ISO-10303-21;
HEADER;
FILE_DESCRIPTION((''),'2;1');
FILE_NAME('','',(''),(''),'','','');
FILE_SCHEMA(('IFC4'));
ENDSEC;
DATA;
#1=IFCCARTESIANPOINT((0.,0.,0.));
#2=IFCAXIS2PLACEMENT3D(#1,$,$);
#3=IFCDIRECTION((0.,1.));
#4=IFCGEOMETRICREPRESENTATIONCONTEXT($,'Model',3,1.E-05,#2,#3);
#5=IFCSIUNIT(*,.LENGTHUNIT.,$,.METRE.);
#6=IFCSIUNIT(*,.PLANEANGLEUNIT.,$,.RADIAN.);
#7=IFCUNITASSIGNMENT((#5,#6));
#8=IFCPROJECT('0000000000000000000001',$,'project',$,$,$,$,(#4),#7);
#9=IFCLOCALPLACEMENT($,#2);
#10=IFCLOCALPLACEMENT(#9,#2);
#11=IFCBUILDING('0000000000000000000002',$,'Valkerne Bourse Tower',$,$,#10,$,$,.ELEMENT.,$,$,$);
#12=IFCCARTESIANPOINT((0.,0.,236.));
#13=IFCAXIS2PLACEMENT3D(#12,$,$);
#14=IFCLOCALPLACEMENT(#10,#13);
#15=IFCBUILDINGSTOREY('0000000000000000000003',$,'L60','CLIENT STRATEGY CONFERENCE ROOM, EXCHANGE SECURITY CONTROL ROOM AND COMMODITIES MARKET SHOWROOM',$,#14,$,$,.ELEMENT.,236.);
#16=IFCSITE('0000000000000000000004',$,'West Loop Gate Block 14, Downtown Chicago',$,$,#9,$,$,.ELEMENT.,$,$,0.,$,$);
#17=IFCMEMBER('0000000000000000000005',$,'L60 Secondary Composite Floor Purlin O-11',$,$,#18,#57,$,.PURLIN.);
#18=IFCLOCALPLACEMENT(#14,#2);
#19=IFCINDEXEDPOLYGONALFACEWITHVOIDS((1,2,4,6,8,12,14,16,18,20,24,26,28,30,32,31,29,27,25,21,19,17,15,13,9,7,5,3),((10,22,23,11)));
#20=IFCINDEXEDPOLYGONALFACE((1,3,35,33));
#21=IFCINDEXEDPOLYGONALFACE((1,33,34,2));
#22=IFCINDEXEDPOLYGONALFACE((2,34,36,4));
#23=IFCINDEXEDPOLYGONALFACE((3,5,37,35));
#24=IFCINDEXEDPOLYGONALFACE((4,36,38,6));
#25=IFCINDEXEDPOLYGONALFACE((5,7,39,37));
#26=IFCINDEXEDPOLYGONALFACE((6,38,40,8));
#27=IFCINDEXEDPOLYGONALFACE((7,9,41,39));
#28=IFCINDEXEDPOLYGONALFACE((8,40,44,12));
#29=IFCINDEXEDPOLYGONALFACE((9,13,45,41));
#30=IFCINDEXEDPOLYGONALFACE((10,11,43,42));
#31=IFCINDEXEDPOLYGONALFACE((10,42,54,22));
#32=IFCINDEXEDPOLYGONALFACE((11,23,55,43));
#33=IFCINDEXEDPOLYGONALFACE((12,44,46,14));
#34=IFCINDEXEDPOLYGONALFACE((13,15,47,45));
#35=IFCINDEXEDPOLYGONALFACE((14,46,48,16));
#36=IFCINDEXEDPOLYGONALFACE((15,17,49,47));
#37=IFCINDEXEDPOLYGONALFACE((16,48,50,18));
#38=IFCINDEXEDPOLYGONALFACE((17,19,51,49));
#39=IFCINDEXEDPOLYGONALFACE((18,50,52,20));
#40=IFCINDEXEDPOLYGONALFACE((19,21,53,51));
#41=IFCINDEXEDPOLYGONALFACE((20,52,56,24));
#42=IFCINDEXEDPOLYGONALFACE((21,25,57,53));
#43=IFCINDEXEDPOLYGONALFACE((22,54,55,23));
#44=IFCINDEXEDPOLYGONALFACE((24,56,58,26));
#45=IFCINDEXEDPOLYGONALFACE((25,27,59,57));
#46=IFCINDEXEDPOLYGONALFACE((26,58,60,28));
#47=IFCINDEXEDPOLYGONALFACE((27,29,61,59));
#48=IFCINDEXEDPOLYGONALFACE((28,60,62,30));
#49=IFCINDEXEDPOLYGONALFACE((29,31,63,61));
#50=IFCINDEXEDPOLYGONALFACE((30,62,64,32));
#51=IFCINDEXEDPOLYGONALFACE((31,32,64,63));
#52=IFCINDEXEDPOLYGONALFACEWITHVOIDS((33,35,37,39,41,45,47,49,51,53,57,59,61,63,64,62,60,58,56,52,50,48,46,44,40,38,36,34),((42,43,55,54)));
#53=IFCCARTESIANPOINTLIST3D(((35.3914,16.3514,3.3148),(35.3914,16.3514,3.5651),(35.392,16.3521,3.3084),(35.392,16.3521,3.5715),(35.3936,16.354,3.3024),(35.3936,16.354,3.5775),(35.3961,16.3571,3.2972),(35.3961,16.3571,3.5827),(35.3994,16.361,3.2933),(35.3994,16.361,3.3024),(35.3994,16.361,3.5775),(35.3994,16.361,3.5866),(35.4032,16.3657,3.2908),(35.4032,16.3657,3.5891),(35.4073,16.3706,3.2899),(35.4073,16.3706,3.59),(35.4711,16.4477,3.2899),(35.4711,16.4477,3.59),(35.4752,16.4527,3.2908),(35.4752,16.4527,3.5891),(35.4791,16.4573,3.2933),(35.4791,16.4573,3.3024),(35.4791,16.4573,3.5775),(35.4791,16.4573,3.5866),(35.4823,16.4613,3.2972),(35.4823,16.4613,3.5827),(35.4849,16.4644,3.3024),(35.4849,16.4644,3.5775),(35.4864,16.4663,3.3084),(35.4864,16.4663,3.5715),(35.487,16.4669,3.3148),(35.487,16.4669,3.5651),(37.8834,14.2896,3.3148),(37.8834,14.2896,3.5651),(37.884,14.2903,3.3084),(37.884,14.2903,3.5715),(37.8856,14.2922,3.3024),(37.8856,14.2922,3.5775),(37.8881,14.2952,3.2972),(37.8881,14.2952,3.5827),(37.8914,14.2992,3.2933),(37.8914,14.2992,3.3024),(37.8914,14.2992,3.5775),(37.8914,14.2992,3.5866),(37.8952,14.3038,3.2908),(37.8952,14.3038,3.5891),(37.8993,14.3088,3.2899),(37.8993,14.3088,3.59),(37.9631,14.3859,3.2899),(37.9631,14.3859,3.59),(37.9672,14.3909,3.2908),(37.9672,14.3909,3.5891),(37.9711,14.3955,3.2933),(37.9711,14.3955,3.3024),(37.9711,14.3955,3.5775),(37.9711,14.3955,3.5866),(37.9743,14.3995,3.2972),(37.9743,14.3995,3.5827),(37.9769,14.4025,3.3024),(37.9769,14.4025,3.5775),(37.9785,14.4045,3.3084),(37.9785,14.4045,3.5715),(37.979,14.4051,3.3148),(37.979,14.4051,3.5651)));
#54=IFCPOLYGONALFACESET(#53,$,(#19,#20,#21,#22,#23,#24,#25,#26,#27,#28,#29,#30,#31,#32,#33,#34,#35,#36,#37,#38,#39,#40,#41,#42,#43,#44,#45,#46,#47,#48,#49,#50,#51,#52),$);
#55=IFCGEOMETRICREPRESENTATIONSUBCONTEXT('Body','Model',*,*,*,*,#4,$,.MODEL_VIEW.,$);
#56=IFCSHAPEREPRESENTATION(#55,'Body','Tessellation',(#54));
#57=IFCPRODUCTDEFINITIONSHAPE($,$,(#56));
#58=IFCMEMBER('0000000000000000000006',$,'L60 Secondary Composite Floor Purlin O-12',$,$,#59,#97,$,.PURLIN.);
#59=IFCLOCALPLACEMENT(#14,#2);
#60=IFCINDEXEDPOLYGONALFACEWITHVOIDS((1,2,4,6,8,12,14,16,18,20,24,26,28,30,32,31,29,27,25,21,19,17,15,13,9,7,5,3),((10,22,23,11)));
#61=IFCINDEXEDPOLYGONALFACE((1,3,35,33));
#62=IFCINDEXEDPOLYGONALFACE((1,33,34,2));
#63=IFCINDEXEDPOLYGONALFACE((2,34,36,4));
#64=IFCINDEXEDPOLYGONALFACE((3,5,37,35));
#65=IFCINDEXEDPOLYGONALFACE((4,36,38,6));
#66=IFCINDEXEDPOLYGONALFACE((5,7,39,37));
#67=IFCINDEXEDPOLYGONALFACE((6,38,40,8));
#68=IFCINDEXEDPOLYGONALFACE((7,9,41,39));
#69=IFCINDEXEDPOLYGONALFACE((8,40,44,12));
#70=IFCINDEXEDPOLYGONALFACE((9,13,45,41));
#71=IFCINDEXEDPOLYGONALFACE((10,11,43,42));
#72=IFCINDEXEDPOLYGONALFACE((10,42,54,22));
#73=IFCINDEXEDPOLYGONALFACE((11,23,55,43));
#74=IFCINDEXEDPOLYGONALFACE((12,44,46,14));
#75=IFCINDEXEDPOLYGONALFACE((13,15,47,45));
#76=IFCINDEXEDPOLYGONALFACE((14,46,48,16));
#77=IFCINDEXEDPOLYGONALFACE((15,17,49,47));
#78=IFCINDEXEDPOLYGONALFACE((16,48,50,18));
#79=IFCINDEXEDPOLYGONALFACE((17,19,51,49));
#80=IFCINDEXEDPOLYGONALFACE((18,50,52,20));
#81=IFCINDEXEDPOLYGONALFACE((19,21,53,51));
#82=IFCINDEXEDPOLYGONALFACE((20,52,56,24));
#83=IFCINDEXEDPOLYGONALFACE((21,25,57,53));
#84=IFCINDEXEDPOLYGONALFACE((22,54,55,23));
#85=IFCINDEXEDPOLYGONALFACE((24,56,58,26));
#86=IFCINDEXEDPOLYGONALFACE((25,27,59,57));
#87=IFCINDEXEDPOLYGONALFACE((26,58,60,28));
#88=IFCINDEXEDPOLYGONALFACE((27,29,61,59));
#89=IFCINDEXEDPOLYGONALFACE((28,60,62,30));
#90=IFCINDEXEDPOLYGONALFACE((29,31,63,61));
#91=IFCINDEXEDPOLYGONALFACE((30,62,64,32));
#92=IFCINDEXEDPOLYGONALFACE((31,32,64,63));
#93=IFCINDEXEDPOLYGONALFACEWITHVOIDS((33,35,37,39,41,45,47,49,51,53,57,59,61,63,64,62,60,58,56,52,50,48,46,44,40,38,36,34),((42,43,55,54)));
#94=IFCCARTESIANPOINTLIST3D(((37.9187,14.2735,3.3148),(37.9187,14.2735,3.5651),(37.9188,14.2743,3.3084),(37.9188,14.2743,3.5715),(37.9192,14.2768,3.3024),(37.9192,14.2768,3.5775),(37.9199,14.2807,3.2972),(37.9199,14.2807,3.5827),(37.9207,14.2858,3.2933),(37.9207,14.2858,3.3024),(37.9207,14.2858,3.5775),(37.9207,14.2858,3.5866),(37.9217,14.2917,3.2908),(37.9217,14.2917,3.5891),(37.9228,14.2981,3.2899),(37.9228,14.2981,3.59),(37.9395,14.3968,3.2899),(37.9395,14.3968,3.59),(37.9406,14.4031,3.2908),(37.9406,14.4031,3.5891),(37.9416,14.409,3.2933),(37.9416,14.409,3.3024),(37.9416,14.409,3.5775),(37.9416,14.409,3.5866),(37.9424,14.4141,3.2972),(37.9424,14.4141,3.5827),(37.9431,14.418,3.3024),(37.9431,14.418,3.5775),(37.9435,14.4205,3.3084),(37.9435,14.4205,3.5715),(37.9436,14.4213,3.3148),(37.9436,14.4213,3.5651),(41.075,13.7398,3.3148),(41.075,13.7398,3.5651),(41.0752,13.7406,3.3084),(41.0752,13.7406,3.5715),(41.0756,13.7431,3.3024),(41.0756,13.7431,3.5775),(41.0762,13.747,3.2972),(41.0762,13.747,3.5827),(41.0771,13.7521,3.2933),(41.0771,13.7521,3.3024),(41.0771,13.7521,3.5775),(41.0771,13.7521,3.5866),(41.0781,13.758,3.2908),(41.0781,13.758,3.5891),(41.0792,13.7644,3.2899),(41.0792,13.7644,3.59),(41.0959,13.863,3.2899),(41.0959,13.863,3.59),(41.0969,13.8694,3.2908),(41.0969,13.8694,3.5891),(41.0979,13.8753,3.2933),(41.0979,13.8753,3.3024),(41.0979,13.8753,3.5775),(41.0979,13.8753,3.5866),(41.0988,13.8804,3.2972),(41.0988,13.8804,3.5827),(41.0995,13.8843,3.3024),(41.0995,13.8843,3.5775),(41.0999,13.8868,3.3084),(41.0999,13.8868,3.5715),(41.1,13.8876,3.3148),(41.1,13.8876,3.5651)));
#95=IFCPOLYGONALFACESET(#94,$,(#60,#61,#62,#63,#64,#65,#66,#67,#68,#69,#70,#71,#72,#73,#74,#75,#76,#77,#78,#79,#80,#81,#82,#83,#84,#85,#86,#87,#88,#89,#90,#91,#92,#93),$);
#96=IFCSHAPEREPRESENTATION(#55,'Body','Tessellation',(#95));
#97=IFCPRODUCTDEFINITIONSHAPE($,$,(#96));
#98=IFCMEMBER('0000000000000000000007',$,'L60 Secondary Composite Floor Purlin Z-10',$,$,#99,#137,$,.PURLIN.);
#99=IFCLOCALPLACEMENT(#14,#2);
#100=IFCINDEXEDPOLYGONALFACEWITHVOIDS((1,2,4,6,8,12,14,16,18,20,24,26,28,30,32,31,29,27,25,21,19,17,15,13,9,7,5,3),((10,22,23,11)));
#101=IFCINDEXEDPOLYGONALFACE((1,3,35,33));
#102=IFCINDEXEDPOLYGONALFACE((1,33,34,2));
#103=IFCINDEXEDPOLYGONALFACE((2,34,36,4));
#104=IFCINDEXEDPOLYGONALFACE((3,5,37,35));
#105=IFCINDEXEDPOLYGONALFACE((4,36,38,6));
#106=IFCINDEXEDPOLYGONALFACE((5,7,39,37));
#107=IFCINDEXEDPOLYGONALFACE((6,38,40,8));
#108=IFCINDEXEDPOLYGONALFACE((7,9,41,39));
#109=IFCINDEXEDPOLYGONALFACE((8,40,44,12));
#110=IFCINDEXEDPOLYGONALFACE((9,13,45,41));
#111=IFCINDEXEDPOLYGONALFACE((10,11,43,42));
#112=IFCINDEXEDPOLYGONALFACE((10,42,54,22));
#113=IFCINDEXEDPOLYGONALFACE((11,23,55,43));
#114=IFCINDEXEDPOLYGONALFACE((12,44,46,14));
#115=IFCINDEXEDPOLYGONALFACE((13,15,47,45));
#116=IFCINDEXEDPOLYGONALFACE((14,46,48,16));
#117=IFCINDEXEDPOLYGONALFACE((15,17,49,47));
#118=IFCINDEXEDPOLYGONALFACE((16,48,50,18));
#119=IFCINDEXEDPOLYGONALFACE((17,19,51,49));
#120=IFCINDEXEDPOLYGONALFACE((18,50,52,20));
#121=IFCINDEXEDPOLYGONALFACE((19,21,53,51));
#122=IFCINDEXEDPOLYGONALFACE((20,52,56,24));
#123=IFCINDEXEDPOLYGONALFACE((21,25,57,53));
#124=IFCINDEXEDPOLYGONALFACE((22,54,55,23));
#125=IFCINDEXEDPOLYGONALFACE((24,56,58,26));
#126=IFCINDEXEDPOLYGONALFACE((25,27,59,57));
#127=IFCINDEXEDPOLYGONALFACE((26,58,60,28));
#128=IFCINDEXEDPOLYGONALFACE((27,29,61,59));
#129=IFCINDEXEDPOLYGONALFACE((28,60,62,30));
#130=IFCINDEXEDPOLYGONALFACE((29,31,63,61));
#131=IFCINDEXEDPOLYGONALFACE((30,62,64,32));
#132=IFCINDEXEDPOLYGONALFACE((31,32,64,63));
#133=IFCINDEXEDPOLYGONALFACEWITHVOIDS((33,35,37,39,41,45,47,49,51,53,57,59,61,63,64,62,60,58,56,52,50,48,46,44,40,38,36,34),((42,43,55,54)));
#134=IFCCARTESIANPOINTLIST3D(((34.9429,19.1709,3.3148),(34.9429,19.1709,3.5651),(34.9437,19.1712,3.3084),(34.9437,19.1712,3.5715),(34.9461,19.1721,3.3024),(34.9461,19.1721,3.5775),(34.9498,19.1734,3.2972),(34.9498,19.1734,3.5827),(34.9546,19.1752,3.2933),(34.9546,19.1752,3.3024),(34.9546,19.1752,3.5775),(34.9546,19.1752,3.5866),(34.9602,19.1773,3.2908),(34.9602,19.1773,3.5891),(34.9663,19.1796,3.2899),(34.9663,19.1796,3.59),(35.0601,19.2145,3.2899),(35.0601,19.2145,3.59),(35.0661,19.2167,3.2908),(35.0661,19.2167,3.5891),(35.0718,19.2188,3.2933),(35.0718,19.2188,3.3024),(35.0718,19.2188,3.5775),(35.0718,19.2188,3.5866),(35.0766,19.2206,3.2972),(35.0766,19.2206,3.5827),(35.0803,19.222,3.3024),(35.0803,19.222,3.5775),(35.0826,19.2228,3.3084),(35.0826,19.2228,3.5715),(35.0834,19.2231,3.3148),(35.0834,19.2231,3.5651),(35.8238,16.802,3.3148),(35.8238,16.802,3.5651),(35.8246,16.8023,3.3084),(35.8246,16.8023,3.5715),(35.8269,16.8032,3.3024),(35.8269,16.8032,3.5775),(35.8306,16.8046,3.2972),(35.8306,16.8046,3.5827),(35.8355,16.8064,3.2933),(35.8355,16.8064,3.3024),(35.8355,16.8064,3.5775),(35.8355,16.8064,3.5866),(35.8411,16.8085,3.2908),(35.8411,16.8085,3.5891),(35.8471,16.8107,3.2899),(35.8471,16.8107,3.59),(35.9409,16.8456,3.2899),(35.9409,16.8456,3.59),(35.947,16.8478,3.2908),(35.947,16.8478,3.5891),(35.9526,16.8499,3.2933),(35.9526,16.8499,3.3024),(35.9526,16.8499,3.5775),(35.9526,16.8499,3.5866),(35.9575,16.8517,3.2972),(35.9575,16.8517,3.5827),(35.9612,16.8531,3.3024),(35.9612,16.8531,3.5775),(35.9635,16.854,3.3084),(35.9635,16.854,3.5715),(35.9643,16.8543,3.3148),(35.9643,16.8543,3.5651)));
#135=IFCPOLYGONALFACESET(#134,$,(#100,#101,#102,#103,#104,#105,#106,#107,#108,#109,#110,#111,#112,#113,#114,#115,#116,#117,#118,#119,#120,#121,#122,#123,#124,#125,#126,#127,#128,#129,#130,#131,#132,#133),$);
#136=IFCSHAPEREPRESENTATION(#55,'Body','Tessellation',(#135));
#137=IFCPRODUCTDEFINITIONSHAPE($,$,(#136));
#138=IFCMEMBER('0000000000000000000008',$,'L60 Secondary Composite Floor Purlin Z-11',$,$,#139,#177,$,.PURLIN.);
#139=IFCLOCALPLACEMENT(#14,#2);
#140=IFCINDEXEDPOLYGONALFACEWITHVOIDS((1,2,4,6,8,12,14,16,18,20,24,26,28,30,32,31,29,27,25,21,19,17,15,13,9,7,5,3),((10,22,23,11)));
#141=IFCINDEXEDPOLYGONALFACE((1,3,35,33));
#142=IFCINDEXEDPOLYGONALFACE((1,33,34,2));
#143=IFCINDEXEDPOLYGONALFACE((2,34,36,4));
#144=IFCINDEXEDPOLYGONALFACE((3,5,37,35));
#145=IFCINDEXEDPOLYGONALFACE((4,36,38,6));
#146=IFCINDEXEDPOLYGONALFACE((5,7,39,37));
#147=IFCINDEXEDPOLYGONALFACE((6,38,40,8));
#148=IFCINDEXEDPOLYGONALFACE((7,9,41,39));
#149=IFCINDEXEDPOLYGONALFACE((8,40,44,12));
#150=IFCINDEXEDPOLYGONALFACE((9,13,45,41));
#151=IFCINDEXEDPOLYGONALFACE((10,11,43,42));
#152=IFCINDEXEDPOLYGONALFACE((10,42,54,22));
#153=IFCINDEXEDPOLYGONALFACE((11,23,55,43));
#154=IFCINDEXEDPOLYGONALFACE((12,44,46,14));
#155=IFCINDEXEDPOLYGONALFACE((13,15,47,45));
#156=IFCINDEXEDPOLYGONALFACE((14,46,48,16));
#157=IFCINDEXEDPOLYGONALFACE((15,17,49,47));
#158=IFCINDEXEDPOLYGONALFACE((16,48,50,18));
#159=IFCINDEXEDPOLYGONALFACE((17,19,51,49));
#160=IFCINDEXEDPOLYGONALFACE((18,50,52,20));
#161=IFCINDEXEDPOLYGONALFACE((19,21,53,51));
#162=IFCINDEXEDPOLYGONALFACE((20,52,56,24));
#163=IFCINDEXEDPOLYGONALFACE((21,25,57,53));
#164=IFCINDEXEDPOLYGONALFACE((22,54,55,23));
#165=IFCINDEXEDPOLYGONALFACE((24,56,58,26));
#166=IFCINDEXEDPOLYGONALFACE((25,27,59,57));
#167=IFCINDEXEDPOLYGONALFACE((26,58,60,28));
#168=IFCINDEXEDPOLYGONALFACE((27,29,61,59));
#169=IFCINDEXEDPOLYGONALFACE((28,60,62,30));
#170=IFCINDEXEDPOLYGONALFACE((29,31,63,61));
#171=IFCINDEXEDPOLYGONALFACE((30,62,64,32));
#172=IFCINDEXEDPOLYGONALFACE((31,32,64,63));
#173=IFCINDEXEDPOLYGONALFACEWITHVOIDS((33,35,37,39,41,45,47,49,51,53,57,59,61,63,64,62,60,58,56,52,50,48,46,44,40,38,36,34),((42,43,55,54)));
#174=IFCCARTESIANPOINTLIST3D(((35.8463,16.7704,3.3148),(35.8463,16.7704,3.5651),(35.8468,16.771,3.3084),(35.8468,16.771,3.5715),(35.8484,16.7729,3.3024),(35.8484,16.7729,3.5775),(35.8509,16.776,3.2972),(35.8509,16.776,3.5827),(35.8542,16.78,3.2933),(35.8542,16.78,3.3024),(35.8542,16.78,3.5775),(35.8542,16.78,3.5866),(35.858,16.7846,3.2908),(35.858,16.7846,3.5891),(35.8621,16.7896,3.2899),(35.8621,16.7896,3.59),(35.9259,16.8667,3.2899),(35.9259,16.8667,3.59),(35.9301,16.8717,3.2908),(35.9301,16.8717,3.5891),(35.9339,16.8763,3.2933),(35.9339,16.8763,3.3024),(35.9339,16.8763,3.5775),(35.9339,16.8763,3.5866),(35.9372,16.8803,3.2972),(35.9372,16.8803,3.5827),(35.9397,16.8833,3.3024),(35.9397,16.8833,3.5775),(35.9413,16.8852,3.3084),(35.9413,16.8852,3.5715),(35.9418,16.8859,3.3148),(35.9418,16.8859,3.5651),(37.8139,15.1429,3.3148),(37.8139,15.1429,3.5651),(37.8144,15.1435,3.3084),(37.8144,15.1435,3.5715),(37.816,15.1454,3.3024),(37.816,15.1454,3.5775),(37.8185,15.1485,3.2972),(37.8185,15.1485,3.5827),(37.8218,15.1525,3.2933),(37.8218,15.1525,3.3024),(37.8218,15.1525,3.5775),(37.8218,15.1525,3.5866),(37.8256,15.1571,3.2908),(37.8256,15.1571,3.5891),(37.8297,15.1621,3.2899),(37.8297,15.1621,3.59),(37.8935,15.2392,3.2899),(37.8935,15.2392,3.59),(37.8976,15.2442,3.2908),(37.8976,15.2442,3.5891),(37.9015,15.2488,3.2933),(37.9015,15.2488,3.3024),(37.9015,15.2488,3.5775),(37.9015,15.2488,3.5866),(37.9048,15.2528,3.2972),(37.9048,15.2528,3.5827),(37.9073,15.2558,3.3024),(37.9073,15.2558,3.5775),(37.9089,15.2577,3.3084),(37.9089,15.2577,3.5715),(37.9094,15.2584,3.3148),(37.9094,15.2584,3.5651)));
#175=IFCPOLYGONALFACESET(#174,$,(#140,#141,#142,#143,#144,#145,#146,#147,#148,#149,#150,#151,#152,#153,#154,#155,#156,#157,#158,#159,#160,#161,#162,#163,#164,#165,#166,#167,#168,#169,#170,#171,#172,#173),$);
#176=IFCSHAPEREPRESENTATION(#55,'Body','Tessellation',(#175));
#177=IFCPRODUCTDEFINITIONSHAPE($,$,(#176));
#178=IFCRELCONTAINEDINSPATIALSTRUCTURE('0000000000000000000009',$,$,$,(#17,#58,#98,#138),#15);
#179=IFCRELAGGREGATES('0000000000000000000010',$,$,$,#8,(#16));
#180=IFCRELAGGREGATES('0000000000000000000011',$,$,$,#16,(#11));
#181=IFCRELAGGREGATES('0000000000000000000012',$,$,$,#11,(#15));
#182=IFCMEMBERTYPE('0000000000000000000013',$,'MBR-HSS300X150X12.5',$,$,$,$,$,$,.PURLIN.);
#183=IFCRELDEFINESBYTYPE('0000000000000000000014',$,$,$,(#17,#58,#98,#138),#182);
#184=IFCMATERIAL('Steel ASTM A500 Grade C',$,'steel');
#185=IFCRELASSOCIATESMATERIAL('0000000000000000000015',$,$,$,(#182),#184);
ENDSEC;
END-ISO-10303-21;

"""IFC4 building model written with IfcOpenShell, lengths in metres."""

from ifc_helpers import new_model, si_unit, direction, frame, origin, origin_2d, place, context, subcontext, project, spatial, hollow_rectangle, extrude, material, material_profile, profile_set, type_object, element, save


model = new_model("IFC4")

# Units and contexts
model_context = context("Model", 3, precision=1e-05, world=origin(), true_north=direction((0.0, 1.0)))
body_context = subcontext(model_context, "Body", "Model", "MODEL_VIEW")
ifc_project = project(units=[si_unit("LENGTHUNIT", "METRE"), si_unit("PLANEANGLEUNIT", "RADIAN")], contexts=[model_context])

# Site, building, storey
site_placement = place(None, origin())
site = spatial("IfcSite", under=ifc_project, at=site_placement, Name="West Loop Gate Block 14, Downtown Chicago", CompositionType="ELEMENT", RefElevation=0.0)
building_placement = place(site_placement, origin())
building = spatial("IfcBuilding", under=site, at=building_placement, Name="Valkerne Bourse Tower", CompositionType="ELEMENT")
storey_placement = place(building_placement, frame((0.0, 0.0, 236.0)))
storey = spatial("IfcBuildingStorey", under=building, at=storey_placement, Name="L60", Description="CLIENT STRATEGY CONFERENCE ROOM, EXCHANGE SECURITY CONTROL ROOM AND COMMODITIES MARKET SHOWROOM", CompositionType="ELEMENT", Elevation=236.0)

# Members
ifc_material_1 = material(Name="Steel ASTM A500 Grade C", Category="steel")
ifc_material_profile_1 = material_profile(ifc_material_1, hollow_rectangle(XDim=0.1499, YDim=0.3, WallThickness=0.0125, OuterFilletRadius=0.0249, at=origin_2d()), Name="HSS300X150X12.5")
ifc_profile_set_1 = profile_set([ifc_material_profile_1], Name="Steel ASTM A500 Grade C")
member_type_1 = type_object("IfcMemberType", Name="MBR-HSS300X150X12.5", PredefinedType="PURLIN", material=ifc_profile_set_1)
member_1_placement = place(storey_placement, frame((35.4392, 16.4092, 3.4399), z_axis=(0.770475, -0.63747, 0.0), x_axis=(0.63747, 0.770475, 0.0)))
element("IfcMember", 1, at=member_1_placement, inside=storey, type_object=member_type_1, Name="L60 Secondary Composite Floor Purlin O-11", PredefinedType="PURLIN", context=body_context, shape_type="SweptSolid", body=[
    extrude(hollow_rectangle(XDim=0.1499, YDim=0.3, WallThickness=0.0125, OuterFilletRadius=0.0249, at=origin_2d()), origin(), (0.0, 0.0, 1.0), 3.2344),
])
member_2_placement = place(storey_placement, frame((37.9312, 14.3474, 3.4399), z_axis=(0.986004, -0.166724, 0.0), x_axis=(0.166724, 0.986004, 0.0)))
element("IfcMember", 2, at=member_2_placement, inside=storey, type_object=member_type_1, Name="L60 Secondary Composite Floor Purlin O-12", PredefinedType="PURLIN", context=body_context, shape_type="SweptSolid", body=[
    extrude(hollow_rectangle(XDim=0.1499, YDim=0.3, WallThickness=0.0125, OuterFilletRadius=0.0249, at=origin_2d()), origin(), (0.0, 0.0, 1.0), 3.2012),
])
member_3_placement = place(storey_placement, frame((35.0132, 19.197, 3.4399), z_axis=(0.348528, -0.937298, 0.0), x_axis=(0.937298, 0.348528, 0.0)))
element("IfcMember", 3, at=member_3_placement, inside=storey, type_object=member_type_1, Name="L60 Secondary Composite Floor Purlin Z-10", PredefinedType="PURLIN", context=body_context, shape_type="SweptSolid", body=[
    extrude(hollow_rectangle(XDim=0.1499, YDim=0.3, WallThickness=0.0125, OuterFilletRadius=0.0249, at=origin_2d()), origin(), (0.0, 0.0, 1.0), 2.5273),
])
member_4_placement = place(storey_placement, frame((35.894, 16.8281, 3.4399), z_axis=(0.770559, -0.637368, 0.0), x_axis=(0.637368, 0.770559, 0.0)))
element("IfcMember", 4, at=member_4_placement, inside=storey, type_object=member_type_1, Name="L60 Secondary Composite Floor Purlin Z-11", PredefinedType="PURLIN", context=body_context, shape_type="SweptSolid", body=[
    extrude(hollow_rectangle(XDim=0.1499, YDim=0.3, WallThickness=0.0125, OuterFilletRadius=0.0249, at=origin_2d()), origin(), (0.0, 0.0, 1.0), 2.5535),
])

save(model, "model.ifc")
